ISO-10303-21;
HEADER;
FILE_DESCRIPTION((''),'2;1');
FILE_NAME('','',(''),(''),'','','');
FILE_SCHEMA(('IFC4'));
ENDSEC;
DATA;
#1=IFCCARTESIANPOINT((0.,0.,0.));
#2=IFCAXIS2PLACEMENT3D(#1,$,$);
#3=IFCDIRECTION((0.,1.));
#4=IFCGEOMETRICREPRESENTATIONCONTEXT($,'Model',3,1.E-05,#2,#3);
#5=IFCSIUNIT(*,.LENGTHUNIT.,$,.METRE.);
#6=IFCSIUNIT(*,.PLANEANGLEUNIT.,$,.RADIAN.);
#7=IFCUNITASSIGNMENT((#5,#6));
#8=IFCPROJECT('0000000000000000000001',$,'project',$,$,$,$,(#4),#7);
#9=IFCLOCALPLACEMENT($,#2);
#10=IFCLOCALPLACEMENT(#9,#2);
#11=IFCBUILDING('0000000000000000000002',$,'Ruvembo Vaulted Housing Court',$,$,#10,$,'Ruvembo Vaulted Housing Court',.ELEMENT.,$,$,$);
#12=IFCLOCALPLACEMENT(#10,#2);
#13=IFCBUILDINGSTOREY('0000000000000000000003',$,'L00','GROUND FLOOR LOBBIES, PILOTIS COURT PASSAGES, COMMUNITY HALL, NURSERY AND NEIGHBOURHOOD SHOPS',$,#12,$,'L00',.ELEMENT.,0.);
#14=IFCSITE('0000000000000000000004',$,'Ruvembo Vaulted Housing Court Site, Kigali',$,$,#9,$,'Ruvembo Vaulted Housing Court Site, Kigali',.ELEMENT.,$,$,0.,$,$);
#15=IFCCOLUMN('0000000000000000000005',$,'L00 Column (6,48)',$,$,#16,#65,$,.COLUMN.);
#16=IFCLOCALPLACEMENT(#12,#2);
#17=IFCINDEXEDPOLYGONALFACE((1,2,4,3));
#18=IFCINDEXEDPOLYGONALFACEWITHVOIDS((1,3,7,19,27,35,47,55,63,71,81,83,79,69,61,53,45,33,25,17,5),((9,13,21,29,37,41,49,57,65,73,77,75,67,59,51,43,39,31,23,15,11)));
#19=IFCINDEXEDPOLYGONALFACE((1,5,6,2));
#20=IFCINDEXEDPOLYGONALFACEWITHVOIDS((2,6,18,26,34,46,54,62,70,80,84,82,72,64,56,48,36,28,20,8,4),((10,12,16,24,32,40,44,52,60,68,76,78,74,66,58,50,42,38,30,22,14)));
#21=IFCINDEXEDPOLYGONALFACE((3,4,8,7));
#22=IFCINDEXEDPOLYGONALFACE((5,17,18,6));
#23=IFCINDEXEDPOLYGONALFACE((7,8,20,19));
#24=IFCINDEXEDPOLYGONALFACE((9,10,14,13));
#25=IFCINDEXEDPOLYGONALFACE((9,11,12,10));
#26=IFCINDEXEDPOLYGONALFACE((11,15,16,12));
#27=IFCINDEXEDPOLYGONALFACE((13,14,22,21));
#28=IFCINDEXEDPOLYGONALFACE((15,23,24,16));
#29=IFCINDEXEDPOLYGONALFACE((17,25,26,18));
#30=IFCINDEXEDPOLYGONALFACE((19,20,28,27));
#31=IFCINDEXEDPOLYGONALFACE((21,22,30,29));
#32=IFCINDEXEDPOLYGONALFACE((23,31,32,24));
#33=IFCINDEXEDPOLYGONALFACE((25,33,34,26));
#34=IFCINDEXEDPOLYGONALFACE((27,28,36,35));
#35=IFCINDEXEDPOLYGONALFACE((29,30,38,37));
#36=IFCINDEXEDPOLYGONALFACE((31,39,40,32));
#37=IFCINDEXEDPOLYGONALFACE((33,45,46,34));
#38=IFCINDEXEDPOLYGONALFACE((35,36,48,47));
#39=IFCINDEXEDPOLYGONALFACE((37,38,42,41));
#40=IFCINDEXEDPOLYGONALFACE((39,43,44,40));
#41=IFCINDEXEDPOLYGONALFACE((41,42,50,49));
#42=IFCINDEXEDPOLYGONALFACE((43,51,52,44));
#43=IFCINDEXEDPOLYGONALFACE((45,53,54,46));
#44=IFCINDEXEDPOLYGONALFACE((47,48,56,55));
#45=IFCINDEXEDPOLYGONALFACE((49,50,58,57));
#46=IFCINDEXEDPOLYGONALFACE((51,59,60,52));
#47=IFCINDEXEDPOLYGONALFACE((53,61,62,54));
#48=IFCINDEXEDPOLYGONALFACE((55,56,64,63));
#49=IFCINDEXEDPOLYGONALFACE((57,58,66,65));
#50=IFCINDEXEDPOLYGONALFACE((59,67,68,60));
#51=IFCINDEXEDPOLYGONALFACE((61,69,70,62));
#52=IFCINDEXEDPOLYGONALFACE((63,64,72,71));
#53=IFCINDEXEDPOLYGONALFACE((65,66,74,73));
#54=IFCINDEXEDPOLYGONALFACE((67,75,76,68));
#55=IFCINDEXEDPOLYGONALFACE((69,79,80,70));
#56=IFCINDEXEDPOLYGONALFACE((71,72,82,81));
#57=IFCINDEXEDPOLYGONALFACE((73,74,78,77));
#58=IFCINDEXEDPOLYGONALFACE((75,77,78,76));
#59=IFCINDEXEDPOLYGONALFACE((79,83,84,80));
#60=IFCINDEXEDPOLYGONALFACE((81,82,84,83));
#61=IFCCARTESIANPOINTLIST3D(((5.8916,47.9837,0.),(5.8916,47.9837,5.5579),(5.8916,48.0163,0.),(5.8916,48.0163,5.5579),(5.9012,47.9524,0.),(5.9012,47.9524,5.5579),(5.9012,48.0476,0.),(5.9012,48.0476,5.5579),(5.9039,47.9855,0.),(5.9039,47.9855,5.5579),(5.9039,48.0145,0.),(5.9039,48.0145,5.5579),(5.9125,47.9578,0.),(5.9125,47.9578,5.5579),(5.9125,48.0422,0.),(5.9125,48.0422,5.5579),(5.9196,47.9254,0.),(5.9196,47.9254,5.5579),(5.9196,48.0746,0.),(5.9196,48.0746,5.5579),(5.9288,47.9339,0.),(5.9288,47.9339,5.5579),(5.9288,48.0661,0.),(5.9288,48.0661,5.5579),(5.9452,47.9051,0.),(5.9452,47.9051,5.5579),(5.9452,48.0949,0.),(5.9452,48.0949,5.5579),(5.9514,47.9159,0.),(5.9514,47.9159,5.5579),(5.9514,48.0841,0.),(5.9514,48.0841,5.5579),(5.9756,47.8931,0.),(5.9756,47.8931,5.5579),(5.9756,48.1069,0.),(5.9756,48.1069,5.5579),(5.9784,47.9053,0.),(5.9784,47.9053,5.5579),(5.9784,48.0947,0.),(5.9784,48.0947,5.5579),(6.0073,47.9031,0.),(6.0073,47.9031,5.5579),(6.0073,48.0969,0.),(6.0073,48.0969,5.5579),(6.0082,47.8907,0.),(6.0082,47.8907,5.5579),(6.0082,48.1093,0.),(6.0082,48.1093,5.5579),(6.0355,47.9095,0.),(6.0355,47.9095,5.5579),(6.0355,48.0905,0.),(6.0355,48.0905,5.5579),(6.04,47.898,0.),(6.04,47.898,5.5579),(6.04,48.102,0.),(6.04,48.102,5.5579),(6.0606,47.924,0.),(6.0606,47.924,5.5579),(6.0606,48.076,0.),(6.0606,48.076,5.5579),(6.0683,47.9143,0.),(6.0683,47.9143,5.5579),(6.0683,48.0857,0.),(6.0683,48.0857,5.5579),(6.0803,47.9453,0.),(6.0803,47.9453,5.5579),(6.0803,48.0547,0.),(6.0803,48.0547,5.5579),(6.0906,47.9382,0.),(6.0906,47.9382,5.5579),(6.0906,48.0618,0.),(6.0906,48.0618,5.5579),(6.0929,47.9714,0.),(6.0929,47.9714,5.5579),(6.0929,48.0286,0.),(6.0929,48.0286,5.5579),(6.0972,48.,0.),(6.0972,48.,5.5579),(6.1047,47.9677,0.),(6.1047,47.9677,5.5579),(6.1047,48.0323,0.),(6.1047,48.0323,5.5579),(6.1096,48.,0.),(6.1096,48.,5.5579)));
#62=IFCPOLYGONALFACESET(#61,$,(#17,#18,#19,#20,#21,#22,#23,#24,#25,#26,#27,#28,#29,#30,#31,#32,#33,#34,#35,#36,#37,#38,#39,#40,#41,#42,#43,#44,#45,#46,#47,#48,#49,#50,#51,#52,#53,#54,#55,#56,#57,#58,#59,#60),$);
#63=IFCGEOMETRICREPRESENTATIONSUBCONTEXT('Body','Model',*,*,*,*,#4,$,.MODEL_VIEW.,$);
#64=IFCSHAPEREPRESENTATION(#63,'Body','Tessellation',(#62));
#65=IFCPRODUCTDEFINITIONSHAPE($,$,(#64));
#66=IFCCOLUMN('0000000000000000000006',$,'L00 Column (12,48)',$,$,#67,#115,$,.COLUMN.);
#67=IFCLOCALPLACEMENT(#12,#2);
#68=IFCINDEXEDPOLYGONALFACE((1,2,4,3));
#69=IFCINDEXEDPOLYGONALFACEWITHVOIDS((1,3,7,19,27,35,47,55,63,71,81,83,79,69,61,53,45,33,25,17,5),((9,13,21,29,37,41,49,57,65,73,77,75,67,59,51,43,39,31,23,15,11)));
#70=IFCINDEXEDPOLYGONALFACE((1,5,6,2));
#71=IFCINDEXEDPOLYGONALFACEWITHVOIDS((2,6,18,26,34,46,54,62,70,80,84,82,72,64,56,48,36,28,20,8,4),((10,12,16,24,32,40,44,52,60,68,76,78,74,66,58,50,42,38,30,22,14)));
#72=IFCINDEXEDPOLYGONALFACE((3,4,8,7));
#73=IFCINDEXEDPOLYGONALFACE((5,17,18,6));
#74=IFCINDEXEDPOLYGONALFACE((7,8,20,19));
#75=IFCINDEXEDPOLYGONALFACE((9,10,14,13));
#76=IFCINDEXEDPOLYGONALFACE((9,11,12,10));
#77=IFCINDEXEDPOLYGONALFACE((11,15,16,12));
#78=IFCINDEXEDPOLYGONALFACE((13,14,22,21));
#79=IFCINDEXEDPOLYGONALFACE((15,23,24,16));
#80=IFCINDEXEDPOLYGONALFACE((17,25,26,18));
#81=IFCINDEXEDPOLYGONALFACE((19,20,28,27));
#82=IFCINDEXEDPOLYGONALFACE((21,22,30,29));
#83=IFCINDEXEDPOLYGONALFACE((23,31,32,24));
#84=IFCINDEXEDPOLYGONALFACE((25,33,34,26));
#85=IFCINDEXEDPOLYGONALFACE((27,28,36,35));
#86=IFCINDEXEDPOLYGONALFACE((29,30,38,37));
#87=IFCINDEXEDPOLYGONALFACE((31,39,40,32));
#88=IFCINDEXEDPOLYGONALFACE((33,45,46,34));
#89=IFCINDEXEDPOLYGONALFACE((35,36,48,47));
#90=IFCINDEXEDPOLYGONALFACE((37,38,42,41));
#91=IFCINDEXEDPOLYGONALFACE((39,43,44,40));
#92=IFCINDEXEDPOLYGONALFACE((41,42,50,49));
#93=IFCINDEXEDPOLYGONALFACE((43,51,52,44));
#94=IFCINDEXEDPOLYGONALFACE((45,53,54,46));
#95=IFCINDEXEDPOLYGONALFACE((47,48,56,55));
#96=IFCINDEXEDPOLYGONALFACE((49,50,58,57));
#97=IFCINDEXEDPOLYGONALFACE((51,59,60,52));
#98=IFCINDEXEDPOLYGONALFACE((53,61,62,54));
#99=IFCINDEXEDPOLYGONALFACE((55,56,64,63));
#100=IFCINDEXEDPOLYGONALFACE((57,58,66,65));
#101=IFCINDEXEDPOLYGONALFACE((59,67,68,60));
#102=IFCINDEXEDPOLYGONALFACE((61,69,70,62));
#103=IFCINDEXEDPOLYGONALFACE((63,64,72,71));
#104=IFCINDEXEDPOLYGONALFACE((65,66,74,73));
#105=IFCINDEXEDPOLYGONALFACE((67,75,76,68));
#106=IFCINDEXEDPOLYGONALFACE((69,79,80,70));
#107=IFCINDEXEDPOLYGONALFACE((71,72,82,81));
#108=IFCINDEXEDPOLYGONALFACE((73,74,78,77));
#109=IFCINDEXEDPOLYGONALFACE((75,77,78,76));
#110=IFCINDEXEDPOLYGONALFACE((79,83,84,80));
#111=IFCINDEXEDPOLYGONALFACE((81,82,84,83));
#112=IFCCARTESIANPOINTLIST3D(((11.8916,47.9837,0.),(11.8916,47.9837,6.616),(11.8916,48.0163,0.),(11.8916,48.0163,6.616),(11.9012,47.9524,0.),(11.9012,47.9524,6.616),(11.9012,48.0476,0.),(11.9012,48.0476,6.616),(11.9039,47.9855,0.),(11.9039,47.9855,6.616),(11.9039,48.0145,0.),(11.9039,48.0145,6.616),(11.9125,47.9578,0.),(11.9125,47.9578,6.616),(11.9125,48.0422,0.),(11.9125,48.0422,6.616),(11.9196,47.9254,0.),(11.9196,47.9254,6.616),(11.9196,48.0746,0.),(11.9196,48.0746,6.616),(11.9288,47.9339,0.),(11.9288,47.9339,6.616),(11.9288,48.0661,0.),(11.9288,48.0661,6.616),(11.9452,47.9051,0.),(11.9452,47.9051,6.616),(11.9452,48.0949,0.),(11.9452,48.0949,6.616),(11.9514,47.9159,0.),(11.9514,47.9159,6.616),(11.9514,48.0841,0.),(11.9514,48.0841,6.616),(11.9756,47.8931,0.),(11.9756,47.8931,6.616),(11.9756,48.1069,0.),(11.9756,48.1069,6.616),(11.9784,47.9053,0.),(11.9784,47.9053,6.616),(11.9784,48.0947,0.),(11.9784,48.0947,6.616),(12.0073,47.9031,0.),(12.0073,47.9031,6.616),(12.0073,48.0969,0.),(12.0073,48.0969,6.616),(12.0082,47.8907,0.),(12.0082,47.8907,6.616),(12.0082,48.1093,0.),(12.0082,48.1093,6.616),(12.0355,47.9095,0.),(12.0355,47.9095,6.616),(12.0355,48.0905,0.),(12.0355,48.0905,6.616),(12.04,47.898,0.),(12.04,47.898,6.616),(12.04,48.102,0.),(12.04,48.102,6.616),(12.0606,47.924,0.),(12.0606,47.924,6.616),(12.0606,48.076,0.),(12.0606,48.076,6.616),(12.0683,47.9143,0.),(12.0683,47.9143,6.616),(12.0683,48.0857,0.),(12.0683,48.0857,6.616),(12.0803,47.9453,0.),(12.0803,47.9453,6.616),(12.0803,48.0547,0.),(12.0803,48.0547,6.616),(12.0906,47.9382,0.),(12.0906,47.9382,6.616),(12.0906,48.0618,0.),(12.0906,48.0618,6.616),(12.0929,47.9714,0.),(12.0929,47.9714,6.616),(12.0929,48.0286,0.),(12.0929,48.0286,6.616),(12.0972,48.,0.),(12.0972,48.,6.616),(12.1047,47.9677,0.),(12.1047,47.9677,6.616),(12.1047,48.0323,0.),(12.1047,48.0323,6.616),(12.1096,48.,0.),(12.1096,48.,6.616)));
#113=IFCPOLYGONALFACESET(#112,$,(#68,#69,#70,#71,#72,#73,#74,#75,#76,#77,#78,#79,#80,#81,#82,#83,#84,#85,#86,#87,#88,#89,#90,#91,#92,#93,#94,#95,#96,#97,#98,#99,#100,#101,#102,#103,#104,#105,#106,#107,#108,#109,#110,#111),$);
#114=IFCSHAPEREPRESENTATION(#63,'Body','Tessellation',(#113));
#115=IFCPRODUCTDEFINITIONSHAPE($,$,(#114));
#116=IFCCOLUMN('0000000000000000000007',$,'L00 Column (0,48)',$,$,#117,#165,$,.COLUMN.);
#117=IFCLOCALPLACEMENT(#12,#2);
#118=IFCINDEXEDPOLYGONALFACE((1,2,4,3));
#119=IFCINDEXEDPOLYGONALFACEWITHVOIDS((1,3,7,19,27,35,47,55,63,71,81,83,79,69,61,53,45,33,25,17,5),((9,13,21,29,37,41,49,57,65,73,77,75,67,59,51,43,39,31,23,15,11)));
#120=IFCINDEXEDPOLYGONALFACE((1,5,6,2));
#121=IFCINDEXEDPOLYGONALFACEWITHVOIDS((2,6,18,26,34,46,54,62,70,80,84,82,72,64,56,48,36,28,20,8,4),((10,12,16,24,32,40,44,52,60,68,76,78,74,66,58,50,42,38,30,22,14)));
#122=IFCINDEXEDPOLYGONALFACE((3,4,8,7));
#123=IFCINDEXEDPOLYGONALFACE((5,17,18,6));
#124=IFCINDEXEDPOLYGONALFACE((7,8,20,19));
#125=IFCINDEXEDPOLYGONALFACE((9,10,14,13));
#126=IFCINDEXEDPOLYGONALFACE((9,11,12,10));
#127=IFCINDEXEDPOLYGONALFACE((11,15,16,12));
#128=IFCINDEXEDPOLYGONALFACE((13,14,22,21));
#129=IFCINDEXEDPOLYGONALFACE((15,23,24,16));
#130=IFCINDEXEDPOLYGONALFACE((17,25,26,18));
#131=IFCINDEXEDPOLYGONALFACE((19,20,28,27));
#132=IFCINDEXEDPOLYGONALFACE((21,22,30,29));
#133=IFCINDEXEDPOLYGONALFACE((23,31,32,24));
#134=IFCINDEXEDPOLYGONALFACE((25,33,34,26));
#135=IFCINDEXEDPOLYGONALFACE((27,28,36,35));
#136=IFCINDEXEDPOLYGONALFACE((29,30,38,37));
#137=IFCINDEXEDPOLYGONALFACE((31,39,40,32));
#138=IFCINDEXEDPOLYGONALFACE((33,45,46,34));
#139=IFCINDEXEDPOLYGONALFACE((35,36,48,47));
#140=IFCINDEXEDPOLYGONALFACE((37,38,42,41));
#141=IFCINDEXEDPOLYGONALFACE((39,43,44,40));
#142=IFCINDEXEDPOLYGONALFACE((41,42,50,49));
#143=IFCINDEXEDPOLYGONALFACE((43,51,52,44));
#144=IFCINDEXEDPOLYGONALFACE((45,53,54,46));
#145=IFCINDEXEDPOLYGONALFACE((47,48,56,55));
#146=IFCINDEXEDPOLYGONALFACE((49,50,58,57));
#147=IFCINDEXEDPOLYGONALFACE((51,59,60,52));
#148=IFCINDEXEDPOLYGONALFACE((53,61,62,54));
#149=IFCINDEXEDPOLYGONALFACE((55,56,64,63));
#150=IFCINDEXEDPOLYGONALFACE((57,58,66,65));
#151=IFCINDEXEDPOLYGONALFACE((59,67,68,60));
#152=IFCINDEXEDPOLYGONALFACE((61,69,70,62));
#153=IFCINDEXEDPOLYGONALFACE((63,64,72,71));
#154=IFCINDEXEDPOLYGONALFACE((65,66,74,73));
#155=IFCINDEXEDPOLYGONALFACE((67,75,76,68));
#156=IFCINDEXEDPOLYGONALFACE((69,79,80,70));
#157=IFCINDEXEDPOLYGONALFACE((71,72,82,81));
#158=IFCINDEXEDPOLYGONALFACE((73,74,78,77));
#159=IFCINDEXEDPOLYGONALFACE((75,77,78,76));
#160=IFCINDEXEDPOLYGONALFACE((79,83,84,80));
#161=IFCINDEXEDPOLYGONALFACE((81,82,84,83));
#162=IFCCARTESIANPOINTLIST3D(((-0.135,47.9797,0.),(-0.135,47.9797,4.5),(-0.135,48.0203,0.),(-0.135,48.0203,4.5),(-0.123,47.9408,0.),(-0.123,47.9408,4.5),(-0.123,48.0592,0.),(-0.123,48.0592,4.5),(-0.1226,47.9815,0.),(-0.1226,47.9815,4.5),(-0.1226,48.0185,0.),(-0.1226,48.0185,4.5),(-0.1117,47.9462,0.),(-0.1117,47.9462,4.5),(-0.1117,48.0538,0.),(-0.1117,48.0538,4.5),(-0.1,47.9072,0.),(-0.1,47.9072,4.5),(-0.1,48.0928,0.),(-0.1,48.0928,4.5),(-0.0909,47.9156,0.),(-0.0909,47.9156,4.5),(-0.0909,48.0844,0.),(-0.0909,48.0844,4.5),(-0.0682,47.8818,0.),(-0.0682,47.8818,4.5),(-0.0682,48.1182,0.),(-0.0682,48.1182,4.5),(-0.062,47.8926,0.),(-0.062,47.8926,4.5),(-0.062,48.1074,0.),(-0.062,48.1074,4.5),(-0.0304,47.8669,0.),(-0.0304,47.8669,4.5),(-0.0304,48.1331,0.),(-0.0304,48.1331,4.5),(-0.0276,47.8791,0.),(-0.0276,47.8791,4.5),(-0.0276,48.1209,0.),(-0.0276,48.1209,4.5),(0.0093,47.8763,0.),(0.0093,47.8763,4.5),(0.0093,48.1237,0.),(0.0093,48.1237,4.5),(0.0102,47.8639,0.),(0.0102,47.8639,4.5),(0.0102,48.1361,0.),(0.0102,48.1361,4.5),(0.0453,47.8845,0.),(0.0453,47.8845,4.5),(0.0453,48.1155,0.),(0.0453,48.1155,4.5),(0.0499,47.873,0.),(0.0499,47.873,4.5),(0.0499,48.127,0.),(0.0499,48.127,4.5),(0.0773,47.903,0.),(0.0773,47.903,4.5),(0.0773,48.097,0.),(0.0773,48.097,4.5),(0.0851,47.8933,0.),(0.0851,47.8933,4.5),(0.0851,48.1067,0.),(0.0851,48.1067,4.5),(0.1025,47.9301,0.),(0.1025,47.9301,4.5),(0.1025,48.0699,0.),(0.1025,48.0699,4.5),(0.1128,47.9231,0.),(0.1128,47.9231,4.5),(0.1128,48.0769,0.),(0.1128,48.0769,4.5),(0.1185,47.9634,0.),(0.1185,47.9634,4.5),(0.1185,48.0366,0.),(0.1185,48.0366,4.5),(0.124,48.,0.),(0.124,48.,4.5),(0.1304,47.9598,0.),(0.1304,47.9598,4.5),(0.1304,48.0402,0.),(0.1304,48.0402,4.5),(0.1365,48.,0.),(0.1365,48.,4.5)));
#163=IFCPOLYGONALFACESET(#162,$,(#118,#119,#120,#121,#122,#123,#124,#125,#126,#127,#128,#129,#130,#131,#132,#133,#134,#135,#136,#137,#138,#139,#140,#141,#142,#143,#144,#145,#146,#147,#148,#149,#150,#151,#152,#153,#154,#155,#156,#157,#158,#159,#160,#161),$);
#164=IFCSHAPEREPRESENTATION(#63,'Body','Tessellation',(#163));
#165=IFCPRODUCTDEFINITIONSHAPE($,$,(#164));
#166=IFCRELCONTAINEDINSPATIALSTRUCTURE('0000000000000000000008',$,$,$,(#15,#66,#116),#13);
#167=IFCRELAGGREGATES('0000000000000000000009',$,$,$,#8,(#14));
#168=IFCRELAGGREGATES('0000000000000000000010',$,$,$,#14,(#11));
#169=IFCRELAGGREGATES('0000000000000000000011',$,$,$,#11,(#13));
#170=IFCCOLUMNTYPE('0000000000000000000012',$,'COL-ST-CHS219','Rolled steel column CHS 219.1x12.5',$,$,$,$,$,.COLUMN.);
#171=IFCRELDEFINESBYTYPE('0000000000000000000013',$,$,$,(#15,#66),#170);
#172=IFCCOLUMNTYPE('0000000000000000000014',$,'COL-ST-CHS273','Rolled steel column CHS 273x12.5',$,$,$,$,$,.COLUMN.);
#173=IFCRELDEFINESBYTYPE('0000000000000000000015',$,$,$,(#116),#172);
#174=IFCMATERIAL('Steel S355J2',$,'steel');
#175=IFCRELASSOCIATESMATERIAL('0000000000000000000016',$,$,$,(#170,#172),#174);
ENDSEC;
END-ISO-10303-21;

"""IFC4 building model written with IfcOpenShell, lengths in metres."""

from ifc_helpers import new_model, si_unit, direction, frame, origin, origin_2d, place, context, subcontext, project, spatial, hollow_circle, extrude, material, material_profile, profile_set, type_object, element, save


model = new_model("IFC4")

# Units and contexts
model_context = context("Model", 3, precision=1e-05, world=origin(), true_north=direction((0.0, 1.0)))
body_context = subcontext(model_context, "Body", "Model", "MODEL_VIEW")
ifc_project = project(units=[si_unit("LENGTHUNIT", "METRE"), si_unit("PLANEANGLEUNIT", "RADIAN")], contexts=[model_context])

# Site, building, storey
site_placement = place(None, origin())
site = spatial("IfcSite", under=ifc_project, at=site_placement, Name="Ruvembo Vaulted Housing Court Site, Kigali", LongName="Ruvembo Vaulted Housing Court Site, Kigali", CompositionType="ELEMENT", RefElevation=0.0)
building_placement = place(site_placement, origin())
building = spatial("IfcBuilding", under=site, at=building_placement, Name="Ruvembo Vaulted Housing Court", LongName="Ruvembo Vaulted Housing Court", CompositionType="ELEMENT")
storey_placement = place(building_placement, origin())
storey = spatial("IfcBuildingStorey", under=building, at=storey_placement, Name="L00", Description="GROUND FLOOR LOBBIES, PILOTIS COURT PASSAGES, COMMUNITY HALL, NURSERY AND NEIGHBOURHOOD SHOPS", LongName="L00", CompositionType="ELEMENT", Elevation=0.0)

# Columns
ifc_material_1 = material(Name="Steel S355J2", Category="steel")
ifc_material_profile_1 = material_profile(ifc_material_1, hollow_circle(Radius=0.1096, WallThickness=0.0125, at=origin_2d()), Name="CHS 219.1x12.5")
ifc_profile_set_1 = profile_set([ifc_material_profile_1], Name="Steel S355J2")
column_type_1 = type_object("IfcColumnType", Name="COL-ST-CHS219", Description="Rolled steel column CHS 219.1x12.5", PredefinedType="COLUMN", material=ifc_profile_set_1)
column_1_placement = place(storey_placement, frame((6.0, 48.0, 0.0), z_axis=(0.0, 0.0, 1.0), x_axis=(1.0, 0.0, 0.0)))
element("IfcColumn", 1, at=column_1_placement, inside=storey, type_object=column_type_1, Name="L00 Column (6,48)", PredefinedType="COLUMN", context=body_context, shape_type="SweptSolid", body=[
    extrude(hollow_circle(Radius=0.1096, WallThickness=0.0125, at=origin_2d()), origin(), (0.0, 0.0, 1.0), 5.5579),
])
column_2_placement = place(storey_placement, frame((12.0, 48.0, 0.0), z_axis=(0.0, 0.0, 1.0), x_axis=(1.0, 0.0, 0.0)))
element("IfcColumn", 2, at=column_2_placement, inside=storey, type_object=column_type_1, Name="L00 Column (12,48)", PredefinedType="COLUMN", context=body_context, shape_type="SweptSolid", body=[
    extrude(hollow_circle(Radius=0.1096, WallThickness=0.0125, at=origin_2d()), origin(), (0.0, 0.0, 1.0), 6.616),
])
ifc_material_profile_2 = material_profile(ifc_material_1, hollow_circle(Radius=0.1365, WallThickness=0.0125, at=origin_2d()), Name="CHS 273x12.5")
ifc_profile_set_2 = profile_set([ifc_material_profile_2], Name="Steel S355J2")
column_type_2 = type_object("IfcColumnType", Name="COL-ST-CHS273", Description="Rolled steel column CHS 273x12.5", PredefinedType="COLUMN", material=ifc_profile_set_2)
for number, where, z_axis, x_axis, name in (
    (3, (0.0, 48.0, 0.0), (0.0, 0.0, 1.0), (1.0, 0.0, 0.0), "L00 Column (0,48)"),
):
    element("IfcColumn", number, at=place(storey_placement, frame(where, z_axis=z_axis, x_axis=x_axis)), inside=storey, type_object=column_type_2, Name=name, PredefinedType="COLUMN", context=body_context, shape_type="SweptSolid", body=[
        extrude(hollow_circle(Radius=0.1365, WallThickness=0.0125, at=origin_2d()), origin(), (0.0, 0.0, 1.0), 4.5),
    ])

save(model, "model.ifc")
